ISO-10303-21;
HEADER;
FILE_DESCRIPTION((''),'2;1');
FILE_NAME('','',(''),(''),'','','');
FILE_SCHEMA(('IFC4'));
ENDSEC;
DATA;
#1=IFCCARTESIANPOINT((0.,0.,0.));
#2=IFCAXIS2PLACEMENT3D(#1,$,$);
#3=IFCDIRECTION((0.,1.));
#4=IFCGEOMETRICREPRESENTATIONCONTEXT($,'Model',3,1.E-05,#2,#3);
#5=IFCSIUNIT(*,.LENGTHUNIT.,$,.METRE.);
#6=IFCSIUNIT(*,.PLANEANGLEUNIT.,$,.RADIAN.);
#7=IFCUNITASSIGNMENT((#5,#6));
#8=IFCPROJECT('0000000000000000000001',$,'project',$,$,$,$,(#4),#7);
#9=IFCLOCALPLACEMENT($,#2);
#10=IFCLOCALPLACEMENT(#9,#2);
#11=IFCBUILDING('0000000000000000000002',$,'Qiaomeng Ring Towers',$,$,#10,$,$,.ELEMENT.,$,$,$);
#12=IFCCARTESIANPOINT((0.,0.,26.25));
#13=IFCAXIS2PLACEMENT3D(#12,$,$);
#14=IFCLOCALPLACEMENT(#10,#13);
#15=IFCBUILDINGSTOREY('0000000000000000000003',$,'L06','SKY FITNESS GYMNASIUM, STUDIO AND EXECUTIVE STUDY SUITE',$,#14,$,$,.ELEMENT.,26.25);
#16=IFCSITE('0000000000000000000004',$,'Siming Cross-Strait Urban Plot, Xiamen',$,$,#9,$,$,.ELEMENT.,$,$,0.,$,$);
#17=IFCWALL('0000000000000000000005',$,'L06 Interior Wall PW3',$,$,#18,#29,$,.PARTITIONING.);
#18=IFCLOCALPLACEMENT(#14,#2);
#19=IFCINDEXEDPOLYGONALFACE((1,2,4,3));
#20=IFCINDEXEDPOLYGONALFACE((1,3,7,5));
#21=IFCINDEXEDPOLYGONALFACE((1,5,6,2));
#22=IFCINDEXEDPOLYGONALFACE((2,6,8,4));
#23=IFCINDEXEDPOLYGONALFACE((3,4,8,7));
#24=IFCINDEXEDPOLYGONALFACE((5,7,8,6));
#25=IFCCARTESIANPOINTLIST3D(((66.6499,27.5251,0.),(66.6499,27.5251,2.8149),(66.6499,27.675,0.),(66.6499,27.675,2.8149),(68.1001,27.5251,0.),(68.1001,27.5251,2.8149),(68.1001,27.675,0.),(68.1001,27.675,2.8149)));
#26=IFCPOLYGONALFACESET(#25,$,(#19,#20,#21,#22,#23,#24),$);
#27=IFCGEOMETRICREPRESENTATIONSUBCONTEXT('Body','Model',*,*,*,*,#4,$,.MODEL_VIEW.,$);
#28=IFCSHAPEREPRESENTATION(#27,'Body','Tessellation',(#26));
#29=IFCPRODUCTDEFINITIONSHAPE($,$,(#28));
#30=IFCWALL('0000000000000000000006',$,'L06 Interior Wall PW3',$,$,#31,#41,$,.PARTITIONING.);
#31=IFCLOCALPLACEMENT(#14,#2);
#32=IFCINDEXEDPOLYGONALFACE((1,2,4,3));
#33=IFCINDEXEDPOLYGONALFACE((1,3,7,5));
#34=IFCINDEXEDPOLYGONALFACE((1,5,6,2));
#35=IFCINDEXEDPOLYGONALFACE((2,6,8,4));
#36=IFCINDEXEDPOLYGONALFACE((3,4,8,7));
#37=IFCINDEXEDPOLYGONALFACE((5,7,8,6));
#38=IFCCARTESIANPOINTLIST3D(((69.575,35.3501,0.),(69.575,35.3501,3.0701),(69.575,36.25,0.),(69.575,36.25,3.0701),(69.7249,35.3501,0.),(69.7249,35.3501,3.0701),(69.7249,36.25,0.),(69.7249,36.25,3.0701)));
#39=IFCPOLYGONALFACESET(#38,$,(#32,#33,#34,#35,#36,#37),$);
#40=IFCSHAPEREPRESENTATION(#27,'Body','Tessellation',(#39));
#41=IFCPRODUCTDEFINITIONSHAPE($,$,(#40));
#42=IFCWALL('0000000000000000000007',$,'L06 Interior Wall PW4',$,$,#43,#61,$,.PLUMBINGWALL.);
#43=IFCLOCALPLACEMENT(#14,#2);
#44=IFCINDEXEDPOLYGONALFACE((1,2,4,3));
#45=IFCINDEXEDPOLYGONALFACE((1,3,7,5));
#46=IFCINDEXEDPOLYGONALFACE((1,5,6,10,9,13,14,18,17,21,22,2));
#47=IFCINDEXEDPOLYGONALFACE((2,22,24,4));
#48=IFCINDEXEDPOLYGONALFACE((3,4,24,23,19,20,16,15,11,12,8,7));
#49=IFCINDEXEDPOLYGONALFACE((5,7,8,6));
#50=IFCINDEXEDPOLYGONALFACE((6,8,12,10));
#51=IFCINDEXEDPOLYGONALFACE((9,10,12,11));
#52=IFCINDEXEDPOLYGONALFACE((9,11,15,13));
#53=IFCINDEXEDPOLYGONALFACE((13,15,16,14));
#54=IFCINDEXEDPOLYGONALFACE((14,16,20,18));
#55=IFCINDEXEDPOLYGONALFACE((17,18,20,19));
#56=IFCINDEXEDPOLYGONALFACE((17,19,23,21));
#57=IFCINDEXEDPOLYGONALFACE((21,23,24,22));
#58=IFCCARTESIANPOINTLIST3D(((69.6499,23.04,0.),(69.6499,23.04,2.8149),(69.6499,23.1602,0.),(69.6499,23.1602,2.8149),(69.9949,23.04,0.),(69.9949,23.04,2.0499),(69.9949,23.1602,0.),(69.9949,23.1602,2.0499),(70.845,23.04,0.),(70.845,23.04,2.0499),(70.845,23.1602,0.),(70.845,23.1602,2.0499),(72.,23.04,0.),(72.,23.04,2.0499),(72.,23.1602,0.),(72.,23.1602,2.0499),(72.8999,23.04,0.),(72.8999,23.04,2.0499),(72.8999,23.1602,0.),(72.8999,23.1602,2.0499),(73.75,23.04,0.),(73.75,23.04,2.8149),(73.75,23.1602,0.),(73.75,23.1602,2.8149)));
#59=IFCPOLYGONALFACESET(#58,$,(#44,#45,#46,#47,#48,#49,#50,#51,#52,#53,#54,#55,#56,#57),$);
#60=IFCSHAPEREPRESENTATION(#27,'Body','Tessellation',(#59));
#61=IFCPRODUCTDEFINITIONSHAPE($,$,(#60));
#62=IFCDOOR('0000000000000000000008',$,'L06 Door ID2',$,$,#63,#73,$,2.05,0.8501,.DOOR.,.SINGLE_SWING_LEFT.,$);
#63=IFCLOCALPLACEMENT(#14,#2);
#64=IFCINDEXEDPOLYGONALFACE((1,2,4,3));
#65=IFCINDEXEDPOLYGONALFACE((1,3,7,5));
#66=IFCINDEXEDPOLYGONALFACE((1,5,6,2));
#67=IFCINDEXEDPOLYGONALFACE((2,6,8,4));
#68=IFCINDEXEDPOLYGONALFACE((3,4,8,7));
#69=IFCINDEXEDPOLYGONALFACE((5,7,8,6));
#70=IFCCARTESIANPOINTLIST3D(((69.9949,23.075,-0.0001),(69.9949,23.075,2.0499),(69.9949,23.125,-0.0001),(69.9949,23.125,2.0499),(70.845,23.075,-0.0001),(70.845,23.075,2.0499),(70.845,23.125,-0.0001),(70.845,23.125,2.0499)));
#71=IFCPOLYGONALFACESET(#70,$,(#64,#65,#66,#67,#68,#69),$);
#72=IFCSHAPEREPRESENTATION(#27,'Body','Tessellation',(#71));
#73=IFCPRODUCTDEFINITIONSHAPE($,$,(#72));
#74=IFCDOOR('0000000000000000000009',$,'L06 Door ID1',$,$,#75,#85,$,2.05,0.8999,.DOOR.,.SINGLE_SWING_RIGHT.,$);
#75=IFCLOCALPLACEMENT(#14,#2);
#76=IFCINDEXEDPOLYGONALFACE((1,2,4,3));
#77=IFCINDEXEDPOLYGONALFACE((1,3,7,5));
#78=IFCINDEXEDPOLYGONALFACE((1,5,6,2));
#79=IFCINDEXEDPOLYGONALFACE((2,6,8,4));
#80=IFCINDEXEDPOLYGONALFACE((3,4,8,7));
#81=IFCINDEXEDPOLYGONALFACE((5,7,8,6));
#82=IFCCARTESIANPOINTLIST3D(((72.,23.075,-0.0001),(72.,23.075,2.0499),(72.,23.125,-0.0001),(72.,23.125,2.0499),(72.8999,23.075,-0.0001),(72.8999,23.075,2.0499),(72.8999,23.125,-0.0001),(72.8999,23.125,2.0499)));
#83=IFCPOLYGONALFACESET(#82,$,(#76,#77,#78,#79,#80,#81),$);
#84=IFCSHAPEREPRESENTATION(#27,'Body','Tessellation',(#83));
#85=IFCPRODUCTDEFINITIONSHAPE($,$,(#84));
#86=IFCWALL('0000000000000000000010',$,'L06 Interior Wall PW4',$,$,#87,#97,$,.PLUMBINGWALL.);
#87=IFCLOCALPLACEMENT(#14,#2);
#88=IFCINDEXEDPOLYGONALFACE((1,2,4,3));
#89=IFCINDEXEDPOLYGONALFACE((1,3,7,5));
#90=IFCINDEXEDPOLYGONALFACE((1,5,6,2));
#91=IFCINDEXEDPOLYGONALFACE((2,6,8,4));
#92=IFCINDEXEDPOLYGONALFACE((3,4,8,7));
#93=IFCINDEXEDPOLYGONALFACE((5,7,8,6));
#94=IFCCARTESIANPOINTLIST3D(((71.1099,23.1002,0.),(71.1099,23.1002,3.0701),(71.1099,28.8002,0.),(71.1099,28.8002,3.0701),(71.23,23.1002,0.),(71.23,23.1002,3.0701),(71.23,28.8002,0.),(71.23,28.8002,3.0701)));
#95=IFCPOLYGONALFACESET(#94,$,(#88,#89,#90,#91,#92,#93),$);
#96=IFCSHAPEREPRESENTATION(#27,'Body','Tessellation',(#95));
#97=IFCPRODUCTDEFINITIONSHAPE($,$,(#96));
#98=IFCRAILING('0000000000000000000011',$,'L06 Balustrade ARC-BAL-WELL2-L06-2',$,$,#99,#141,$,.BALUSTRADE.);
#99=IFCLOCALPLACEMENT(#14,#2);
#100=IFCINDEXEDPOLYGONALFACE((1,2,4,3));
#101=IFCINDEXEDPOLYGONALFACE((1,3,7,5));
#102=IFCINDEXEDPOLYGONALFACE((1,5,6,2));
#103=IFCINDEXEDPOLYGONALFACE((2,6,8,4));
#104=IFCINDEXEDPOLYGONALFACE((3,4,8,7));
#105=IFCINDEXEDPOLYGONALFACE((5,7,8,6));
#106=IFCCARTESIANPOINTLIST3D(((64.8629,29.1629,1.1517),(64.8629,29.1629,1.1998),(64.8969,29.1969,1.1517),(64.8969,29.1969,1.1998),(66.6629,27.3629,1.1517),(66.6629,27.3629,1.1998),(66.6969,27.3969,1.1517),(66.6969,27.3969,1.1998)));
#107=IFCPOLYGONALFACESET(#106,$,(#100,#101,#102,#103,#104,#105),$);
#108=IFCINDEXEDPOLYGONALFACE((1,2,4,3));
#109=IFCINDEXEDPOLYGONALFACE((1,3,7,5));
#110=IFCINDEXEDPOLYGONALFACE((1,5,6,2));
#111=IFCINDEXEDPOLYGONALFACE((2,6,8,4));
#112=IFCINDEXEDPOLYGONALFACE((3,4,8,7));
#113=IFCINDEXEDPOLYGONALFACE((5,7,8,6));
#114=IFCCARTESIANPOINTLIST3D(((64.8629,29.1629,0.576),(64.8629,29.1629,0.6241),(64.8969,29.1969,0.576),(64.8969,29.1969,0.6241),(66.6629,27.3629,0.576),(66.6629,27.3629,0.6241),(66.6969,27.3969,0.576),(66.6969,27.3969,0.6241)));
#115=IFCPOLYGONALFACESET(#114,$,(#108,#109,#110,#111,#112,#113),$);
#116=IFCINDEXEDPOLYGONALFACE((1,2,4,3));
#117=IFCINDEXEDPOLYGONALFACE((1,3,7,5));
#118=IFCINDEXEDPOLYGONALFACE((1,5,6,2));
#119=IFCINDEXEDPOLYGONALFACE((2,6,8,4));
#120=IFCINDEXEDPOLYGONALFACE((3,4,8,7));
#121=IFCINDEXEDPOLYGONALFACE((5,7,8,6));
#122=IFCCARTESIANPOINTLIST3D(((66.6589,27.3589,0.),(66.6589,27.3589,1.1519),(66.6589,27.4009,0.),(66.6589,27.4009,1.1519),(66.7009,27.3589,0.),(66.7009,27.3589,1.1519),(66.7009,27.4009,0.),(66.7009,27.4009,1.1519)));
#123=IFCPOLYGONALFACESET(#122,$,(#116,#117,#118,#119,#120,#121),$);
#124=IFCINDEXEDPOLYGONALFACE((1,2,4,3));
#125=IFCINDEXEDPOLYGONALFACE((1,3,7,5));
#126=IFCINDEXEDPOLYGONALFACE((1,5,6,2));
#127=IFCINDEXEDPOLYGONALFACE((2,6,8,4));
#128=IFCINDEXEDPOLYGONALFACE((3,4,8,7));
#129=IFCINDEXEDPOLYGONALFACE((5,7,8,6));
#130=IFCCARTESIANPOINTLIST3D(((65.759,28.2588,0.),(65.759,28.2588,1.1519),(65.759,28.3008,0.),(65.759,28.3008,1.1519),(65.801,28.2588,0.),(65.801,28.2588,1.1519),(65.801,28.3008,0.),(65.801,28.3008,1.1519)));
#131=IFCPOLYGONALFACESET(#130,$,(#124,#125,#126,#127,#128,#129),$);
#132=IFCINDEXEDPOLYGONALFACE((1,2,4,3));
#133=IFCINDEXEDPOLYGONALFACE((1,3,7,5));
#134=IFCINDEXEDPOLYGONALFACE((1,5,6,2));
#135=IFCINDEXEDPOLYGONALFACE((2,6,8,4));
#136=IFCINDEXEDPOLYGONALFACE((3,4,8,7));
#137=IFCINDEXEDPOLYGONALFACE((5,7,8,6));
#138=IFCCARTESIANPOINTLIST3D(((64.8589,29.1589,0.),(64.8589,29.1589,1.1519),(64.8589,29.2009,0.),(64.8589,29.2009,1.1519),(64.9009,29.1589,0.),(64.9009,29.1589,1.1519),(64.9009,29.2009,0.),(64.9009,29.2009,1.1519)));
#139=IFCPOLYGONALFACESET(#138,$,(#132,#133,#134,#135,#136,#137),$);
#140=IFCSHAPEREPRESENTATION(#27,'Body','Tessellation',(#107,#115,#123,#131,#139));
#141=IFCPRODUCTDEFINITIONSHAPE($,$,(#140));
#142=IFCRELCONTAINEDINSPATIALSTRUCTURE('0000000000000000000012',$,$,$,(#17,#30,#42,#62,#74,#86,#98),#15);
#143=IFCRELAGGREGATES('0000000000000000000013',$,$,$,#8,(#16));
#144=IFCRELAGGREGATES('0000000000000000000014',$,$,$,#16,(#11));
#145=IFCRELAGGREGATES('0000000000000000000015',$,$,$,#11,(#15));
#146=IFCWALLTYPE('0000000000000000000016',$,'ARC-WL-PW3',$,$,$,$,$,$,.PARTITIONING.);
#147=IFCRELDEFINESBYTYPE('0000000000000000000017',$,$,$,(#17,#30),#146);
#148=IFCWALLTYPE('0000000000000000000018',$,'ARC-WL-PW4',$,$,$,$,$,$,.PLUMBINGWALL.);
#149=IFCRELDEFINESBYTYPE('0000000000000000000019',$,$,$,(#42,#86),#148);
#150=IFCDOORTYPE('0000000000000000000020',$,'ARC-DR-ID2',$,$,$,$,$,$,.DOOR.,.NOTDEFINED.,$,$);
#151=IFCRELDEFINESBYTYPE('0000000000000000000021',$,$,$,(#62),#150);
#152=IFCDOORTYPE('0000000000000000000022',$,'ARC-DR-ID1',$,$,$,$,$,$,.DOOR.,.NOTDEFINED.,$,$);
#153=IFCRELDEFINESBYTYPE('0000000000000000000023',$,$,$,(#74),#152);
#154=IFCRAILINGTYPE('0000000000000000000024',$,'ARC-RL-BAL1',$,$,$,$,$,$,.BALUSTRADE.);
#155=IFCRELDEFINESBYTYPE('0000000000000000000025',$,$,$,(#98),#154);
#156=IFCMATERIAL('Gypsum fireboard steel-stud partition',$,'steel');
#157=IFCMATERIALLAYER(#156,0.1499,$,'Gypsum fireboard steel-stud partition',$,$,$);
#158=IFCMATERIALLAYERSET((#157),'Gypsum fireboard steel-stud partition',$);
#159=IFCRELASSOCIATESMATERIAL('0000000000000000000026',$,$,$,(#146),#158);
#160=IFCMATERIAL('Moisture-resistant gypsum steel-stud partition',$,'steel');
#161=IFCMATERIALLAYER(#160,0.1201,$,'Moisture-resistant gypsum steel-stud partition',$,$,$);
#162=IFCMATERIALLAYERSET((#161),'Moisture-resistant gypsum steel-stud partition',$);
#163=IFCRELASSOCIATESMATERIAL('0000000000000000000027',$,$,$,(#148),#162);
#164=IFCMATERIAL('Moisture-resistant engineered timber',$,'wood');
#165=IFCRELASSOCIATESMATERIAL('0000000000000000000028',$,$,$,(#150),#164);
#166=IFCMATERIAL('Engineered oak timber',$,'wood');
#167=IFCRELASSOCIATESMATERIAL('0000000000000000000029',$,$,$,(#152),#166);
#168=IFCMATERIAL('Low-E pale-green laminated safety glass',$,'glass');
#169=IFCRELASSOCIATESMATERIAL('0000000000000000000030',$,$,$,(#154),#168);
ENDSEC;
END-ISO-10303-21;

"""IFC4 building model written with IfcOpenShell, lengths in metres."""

from ifc_helpers import new_model, si_unit, direction, frame, frame_2d, origin, origin_2d, place, context, subcontext, project, spatial, rectangle, extrude, source, transform, mapped, material, layer, layer_set, type_object, element, fill, save


model = new_model("IFC4")

# Units and contexts
model_context = context("Model", 3, precision=1e-05, world=origin(), true_north=direction((0.0, 1.0)))
body_context = subcontext(model_context, "Body", "Model", "MODEL_VIEW")
ifc_project = project(units=[si_unit("LENGTHUNIT", "METRE"), si_unit("PLANEANGLEUNIT", "RADIAN")], contexts=[model_context])

# Site, building, storey
site_placement = place(None, origin())
site = spatial("IfcSite", under=ifc_project, at=site_placement, Name="Siming Cross-Strait Urban Plot, Xiamen", CompositionType="ELEMENT", RefElevation=0.0)
building_placement = place(site_placement, origin())
building = spatial("IfcBuilding", under=site, at=building_placement, Name="Qiaomeng Ring Towers", CompositionType="ELEMENT")
storey_placement = place(building_placement, frame((0.0, 0.0, 26.25)))
storey = spatial("IfcBuildingStorey", under=building, at=storey_placement, Name="L06", Description="SKY FITNESS GYMNASIUM, STUDIO AND EXECUTIVE STUDY SUITE", CompositionType="ELEMENT", Elevation=26.25)

# Walls
ifc_material_1 = material(Name="Gypsum fireboard steel-stud partition", Category="steel")
ifc_layer_1 = layer(ifc_material_1, 0.1499, Name="Gypsum fireboard steel-stud partition")
ifc_layer_set_1 = layer_set([ifc_layer_1], Name="Gypsum fireboard steel-stud partition")
wall_type_1 = type_object("IfcWallType", Name="ARC-WL-PW3", PredefinedType="PARTITIONING", material=ifc_layer_set_1)
wall_1_placement = place(storey_placement, frame((66.6499, 27.6001, 0.0), z_axis=(0.0, 0.0, 1.0), x_axis=(1.0, 0.0, 0.0)))
element("IfcWall", 1, at=wall_1_placement, inside=storey, type_object=wall_type_1, Name="L06 Interior Wall PW3", PredefinedType="PARTITIONING", context=body_context, shape_type="SweptSolid", body=[
    extrude(rectangle(XDim=1.4502, YDim=0.1499, at=frame_2d((0.7251, 0.0))), origin(), (0.0, 0.0, 1.0), 2.8149),
])
wall_2_placement = place(storey_placement, frame((69.6499, 35.3501, 0.0), z_axis=(0.0, 0.0, 1.0), x_axis=(0.0, 1.0, 0.0)))
element("IfcWall", 2, at=wall_2_placement, inside=storey, type_object=wall_type_1, Name="L06 Interior Wall PW3", PredefinedType="PARTITIONING", context=body_context, shape_type="SweptSolid", body=[
    extrude(rectangle(XDim=0.8999, YDim=0.1499, at=frame_2d((0.45, 0.0))), origin(), (0.0, 0.0, 1.0), 3.0701),
])

# Wall, openings, doors
ifc_material_2 = material(Name="Moisture-resistant gypsum steel-stud partition", Category="steel")
ifc_layer_2 = layer(ifc_material_2, 0.1201, Name="Moisture-resistant gypsum steel-stud partition")
ifc_layer_set_2 = layer_set([ifc_layer_2], Name="Moisture-resistant gypsum steel-stud partition")
wall_type_2 = type_object("IfcWallType", Name="ARC-WL-PW4", PredefinedType="PLUMBINGWALL", material=ifc_layer_set_2)
wall_3_placement = place(storey_placement, frame((69.6499, 23.1001, 0.0), z_axis=(0.0, 0.0, 1.0), x_axis=(1.0, 0.0, 0.0)))
wall_3 = element("IfcWall", 3, at=wall_3_placement, inside=storey, type_object=wall_type_2, Name="L06 Interior Wall PW4", PredefinedType="PLUMBINGWALL", context=body_context, shape_type="SweptSolid", body=[
    extrude(rectangle(XDim=4.1001, YDim=0.1201, at=frame_2d((2.05, 0.0))), origin(), (0.0, 0.0, 1.0), 2.8149),
])
opening_1_placement = place(wall_3_placement, frame((0.345, 0.0, 0.0)))
opening_1 = element("IfcOpeningElement", 4, at=opening_1_placement, cuts=wall_3, PredefinedType="OPENING", context=body_context, shape_type="SweptSolid", body=[
    extrude(rectangle(XDim=0.8501, YDim=2.05, at=frame_2d((0.425, 1.0249))), frame((0.0, 0.0701, 0.0), z_axis=(0.0, -1.0, 0.0), x_axis=(1.0, 0.0, 0.0)), (0.0, 0.0, 1.0), 0.1401),
])
opening_2_placement = place(wall_3_placement, frame((2.3501, 0.0, 0.0)))
opening_2 = element("IfcOpeningElement", 5, at=opening_2_placement, cuts=wall_3, PredefinedType="OPENING", context=body_context, shape_type="SweptSolid", body=[
    extrude(rectangle(XDim=0.8999, YDim=2.05, at=frame_2d((0.45, 1.0249))), frame((0.0, 0.0701, 0.0), z_axis=(0.0, -1.0, 0.0), x_axis=(1.0, 0.0, 0.0)), (0.0, 0.0, 1.0), 0.1401),
])
ifc_material_3 = material(Name="Moisture-resistant engineered timber", Category="wood")
door_type_1 = type_object("IfcDoorType", Name="ARC-DR-ID2", OperationType="NOTDEFINED", PredefinedType="DOOR", material=ifc_material_3)
shared_shape_1 = source(origin(), body_context, "Body", "SweptSolid", [
    extrude(rectangle(XDim=0.8501, YDim=2.05, at=frame_2d((0.425, 1.0249))), frame((0.0, 0.0249, 0.0), z_axis=(0.0, -1.0, 0.0), x_axis=(1.0, 0.0, 0.0)), (0.0, 0.0, 1.0), 0.05),
])
door_1_placement = place(opening_1_placement, origin())
door_1 = element("IfcDoor", 6, at=door_1_placement, inside=storey, type_object=door_type_1, Name="L06 Door ID2", OperationType="SINGLE_SWING_LEFT", OverallHeight=2.05, OverallWidth=0.8501, PredefinedType="DOOR", context=body_context, shape_type="MappedRepresentation", body=[
    mapped(shared_shape_1, transform((0.0, 0.0, 0.0), x_axis=(1.0, 0.0, 0.0), y_axis=(0.0, 1.0, 0.0), z_axis=(0.0, 0.0, 1.0), scale=1.0)),
])
fill(opening_1, door_1)
ifc_material_4 = material(Name="Engineered oak timber", Category="wood")
door_type_2 = type_object("IfcDoorType", Name="ARC-DR-ID1", OperationType="NOTDEFINED", PredefinedType="DOOR", material=ifc_material_4)
shared_shape_2 = source(origin(), body_context, "Body", "SweptSolid", [
    extrude(rectangle(XDim=0.8999, YDim=2.05, at=frame_2d((0.45, 1.0249))), frame((0.0, 0.0249, 0.0), z_axis=(0.0, -1.0, 0.0), x_axis=(1.0, 0.0, 0.0)), (0.0, 0.0, 1.0), 0.05),
])
door_2_placement = place(opening_2_placement, origin())
door_2 = element("IfcDoor", 7, at=door_2_placement, inside=storey, type_object=door_type_2, Name="L06 Door ID1", OperationType="SINGLE_SWING_RIGHT", OverallHeight=2.05, OverallWidth=0.8999, PredefinedType="DOOR", context=body_context, shape_type="MappedRepresentation", body=[
    mapped(shared_shape_2, transform((0.0, 0.0, 0.0), x_axis=(1.0, 0.0, 0.0), y_axis=(0.0, 1.0, 0.0), z_axis=(0.0, 0.0, 1.0), scale=1.0)),
])
fill(opening_2, door_2)

# Wall
wall_4_placement = place(storey_placement, frame((71.1699, 23.1001, 0.0), z_axis=(0.0, 0.0, 1.0), x_axis=(0.0, 1.0, 0.0)))
element("IfcWall", 8, at=wall_4_placement, inside=storey, type_object=wall_type_2, Name="L06 Interior Wall PW4", PredefinedType="PLUMBINGWALL", context=body_context, shape_type="SweptSolid", body=[
    extrude(rectangle(XDim=5.7, YDim=0.1201, at=frame_2d((2.8501, 0.0))), origin(), (0.0, 0.0, 1.0), 3.0701),
])

# Railing
ifc_material_5 = material(Name="Low-E pale-green laminated safety glass", Category="glass")
railing_type = type_object("IfcRailingType", Name="ARC-RL-BAL1", PredefinedType="BALUSTRADE", material=ifc_material_5)
railing_1_placement = place(storey_placement, frame((66.6799, 27.3799, 0.0)))
element("IfcRailing", 9, at=railing_1_placement, inside=storey, type_object=railing_type, Name="L06 Balustrade ARC-BAL-WELL2-L06-2", PredefinedType="BALUSTRADE", context=body_context, shape_type="SweptSolid", body=[
    extrude(rectangle(XDim=0.0481, YDim=0.0481, at=origin_2d()), frame((0.0, 0.0, 1.1758), z_axis=(-0.707107, 0.707107, 0.0), x_axis=(-0.707107, -0.707107, 0.0)), (0.0, 0.0, 1.0), 2.5457),
    extrude(rectangle(XDim=0.0481, YDim=0.0481, at=origin_2d()), frame((0.0, 0.0, 0.6001), z_axis=(-0.707107, 0.707107, 0.0), x_axis=(-0.707107, -0.707107, 0.0)), (0.0, 0.0, 1.0), 2.5457),
    extrude(rectangle(XDim=0.042, YDim=0.042, at=origin_2d()), origin(), (0.0, 0.0, 1.0), 1.1519),
    extrude(rectangle(XDim=0.042, YDim=0.042, at=origin_2d()), frame((-0.8999, 0.8999, 0.0)), (0.0, 0.0, 1.0), 1.1519),
    extrude(rectangle(XDim=0.042, YDim=0.042, at=origin_2d()), frame((-1.8, 1.8, 0.0)), (0.0, 0.0, 1.0), 1.1519),
])

save(model, "model.ifc")
